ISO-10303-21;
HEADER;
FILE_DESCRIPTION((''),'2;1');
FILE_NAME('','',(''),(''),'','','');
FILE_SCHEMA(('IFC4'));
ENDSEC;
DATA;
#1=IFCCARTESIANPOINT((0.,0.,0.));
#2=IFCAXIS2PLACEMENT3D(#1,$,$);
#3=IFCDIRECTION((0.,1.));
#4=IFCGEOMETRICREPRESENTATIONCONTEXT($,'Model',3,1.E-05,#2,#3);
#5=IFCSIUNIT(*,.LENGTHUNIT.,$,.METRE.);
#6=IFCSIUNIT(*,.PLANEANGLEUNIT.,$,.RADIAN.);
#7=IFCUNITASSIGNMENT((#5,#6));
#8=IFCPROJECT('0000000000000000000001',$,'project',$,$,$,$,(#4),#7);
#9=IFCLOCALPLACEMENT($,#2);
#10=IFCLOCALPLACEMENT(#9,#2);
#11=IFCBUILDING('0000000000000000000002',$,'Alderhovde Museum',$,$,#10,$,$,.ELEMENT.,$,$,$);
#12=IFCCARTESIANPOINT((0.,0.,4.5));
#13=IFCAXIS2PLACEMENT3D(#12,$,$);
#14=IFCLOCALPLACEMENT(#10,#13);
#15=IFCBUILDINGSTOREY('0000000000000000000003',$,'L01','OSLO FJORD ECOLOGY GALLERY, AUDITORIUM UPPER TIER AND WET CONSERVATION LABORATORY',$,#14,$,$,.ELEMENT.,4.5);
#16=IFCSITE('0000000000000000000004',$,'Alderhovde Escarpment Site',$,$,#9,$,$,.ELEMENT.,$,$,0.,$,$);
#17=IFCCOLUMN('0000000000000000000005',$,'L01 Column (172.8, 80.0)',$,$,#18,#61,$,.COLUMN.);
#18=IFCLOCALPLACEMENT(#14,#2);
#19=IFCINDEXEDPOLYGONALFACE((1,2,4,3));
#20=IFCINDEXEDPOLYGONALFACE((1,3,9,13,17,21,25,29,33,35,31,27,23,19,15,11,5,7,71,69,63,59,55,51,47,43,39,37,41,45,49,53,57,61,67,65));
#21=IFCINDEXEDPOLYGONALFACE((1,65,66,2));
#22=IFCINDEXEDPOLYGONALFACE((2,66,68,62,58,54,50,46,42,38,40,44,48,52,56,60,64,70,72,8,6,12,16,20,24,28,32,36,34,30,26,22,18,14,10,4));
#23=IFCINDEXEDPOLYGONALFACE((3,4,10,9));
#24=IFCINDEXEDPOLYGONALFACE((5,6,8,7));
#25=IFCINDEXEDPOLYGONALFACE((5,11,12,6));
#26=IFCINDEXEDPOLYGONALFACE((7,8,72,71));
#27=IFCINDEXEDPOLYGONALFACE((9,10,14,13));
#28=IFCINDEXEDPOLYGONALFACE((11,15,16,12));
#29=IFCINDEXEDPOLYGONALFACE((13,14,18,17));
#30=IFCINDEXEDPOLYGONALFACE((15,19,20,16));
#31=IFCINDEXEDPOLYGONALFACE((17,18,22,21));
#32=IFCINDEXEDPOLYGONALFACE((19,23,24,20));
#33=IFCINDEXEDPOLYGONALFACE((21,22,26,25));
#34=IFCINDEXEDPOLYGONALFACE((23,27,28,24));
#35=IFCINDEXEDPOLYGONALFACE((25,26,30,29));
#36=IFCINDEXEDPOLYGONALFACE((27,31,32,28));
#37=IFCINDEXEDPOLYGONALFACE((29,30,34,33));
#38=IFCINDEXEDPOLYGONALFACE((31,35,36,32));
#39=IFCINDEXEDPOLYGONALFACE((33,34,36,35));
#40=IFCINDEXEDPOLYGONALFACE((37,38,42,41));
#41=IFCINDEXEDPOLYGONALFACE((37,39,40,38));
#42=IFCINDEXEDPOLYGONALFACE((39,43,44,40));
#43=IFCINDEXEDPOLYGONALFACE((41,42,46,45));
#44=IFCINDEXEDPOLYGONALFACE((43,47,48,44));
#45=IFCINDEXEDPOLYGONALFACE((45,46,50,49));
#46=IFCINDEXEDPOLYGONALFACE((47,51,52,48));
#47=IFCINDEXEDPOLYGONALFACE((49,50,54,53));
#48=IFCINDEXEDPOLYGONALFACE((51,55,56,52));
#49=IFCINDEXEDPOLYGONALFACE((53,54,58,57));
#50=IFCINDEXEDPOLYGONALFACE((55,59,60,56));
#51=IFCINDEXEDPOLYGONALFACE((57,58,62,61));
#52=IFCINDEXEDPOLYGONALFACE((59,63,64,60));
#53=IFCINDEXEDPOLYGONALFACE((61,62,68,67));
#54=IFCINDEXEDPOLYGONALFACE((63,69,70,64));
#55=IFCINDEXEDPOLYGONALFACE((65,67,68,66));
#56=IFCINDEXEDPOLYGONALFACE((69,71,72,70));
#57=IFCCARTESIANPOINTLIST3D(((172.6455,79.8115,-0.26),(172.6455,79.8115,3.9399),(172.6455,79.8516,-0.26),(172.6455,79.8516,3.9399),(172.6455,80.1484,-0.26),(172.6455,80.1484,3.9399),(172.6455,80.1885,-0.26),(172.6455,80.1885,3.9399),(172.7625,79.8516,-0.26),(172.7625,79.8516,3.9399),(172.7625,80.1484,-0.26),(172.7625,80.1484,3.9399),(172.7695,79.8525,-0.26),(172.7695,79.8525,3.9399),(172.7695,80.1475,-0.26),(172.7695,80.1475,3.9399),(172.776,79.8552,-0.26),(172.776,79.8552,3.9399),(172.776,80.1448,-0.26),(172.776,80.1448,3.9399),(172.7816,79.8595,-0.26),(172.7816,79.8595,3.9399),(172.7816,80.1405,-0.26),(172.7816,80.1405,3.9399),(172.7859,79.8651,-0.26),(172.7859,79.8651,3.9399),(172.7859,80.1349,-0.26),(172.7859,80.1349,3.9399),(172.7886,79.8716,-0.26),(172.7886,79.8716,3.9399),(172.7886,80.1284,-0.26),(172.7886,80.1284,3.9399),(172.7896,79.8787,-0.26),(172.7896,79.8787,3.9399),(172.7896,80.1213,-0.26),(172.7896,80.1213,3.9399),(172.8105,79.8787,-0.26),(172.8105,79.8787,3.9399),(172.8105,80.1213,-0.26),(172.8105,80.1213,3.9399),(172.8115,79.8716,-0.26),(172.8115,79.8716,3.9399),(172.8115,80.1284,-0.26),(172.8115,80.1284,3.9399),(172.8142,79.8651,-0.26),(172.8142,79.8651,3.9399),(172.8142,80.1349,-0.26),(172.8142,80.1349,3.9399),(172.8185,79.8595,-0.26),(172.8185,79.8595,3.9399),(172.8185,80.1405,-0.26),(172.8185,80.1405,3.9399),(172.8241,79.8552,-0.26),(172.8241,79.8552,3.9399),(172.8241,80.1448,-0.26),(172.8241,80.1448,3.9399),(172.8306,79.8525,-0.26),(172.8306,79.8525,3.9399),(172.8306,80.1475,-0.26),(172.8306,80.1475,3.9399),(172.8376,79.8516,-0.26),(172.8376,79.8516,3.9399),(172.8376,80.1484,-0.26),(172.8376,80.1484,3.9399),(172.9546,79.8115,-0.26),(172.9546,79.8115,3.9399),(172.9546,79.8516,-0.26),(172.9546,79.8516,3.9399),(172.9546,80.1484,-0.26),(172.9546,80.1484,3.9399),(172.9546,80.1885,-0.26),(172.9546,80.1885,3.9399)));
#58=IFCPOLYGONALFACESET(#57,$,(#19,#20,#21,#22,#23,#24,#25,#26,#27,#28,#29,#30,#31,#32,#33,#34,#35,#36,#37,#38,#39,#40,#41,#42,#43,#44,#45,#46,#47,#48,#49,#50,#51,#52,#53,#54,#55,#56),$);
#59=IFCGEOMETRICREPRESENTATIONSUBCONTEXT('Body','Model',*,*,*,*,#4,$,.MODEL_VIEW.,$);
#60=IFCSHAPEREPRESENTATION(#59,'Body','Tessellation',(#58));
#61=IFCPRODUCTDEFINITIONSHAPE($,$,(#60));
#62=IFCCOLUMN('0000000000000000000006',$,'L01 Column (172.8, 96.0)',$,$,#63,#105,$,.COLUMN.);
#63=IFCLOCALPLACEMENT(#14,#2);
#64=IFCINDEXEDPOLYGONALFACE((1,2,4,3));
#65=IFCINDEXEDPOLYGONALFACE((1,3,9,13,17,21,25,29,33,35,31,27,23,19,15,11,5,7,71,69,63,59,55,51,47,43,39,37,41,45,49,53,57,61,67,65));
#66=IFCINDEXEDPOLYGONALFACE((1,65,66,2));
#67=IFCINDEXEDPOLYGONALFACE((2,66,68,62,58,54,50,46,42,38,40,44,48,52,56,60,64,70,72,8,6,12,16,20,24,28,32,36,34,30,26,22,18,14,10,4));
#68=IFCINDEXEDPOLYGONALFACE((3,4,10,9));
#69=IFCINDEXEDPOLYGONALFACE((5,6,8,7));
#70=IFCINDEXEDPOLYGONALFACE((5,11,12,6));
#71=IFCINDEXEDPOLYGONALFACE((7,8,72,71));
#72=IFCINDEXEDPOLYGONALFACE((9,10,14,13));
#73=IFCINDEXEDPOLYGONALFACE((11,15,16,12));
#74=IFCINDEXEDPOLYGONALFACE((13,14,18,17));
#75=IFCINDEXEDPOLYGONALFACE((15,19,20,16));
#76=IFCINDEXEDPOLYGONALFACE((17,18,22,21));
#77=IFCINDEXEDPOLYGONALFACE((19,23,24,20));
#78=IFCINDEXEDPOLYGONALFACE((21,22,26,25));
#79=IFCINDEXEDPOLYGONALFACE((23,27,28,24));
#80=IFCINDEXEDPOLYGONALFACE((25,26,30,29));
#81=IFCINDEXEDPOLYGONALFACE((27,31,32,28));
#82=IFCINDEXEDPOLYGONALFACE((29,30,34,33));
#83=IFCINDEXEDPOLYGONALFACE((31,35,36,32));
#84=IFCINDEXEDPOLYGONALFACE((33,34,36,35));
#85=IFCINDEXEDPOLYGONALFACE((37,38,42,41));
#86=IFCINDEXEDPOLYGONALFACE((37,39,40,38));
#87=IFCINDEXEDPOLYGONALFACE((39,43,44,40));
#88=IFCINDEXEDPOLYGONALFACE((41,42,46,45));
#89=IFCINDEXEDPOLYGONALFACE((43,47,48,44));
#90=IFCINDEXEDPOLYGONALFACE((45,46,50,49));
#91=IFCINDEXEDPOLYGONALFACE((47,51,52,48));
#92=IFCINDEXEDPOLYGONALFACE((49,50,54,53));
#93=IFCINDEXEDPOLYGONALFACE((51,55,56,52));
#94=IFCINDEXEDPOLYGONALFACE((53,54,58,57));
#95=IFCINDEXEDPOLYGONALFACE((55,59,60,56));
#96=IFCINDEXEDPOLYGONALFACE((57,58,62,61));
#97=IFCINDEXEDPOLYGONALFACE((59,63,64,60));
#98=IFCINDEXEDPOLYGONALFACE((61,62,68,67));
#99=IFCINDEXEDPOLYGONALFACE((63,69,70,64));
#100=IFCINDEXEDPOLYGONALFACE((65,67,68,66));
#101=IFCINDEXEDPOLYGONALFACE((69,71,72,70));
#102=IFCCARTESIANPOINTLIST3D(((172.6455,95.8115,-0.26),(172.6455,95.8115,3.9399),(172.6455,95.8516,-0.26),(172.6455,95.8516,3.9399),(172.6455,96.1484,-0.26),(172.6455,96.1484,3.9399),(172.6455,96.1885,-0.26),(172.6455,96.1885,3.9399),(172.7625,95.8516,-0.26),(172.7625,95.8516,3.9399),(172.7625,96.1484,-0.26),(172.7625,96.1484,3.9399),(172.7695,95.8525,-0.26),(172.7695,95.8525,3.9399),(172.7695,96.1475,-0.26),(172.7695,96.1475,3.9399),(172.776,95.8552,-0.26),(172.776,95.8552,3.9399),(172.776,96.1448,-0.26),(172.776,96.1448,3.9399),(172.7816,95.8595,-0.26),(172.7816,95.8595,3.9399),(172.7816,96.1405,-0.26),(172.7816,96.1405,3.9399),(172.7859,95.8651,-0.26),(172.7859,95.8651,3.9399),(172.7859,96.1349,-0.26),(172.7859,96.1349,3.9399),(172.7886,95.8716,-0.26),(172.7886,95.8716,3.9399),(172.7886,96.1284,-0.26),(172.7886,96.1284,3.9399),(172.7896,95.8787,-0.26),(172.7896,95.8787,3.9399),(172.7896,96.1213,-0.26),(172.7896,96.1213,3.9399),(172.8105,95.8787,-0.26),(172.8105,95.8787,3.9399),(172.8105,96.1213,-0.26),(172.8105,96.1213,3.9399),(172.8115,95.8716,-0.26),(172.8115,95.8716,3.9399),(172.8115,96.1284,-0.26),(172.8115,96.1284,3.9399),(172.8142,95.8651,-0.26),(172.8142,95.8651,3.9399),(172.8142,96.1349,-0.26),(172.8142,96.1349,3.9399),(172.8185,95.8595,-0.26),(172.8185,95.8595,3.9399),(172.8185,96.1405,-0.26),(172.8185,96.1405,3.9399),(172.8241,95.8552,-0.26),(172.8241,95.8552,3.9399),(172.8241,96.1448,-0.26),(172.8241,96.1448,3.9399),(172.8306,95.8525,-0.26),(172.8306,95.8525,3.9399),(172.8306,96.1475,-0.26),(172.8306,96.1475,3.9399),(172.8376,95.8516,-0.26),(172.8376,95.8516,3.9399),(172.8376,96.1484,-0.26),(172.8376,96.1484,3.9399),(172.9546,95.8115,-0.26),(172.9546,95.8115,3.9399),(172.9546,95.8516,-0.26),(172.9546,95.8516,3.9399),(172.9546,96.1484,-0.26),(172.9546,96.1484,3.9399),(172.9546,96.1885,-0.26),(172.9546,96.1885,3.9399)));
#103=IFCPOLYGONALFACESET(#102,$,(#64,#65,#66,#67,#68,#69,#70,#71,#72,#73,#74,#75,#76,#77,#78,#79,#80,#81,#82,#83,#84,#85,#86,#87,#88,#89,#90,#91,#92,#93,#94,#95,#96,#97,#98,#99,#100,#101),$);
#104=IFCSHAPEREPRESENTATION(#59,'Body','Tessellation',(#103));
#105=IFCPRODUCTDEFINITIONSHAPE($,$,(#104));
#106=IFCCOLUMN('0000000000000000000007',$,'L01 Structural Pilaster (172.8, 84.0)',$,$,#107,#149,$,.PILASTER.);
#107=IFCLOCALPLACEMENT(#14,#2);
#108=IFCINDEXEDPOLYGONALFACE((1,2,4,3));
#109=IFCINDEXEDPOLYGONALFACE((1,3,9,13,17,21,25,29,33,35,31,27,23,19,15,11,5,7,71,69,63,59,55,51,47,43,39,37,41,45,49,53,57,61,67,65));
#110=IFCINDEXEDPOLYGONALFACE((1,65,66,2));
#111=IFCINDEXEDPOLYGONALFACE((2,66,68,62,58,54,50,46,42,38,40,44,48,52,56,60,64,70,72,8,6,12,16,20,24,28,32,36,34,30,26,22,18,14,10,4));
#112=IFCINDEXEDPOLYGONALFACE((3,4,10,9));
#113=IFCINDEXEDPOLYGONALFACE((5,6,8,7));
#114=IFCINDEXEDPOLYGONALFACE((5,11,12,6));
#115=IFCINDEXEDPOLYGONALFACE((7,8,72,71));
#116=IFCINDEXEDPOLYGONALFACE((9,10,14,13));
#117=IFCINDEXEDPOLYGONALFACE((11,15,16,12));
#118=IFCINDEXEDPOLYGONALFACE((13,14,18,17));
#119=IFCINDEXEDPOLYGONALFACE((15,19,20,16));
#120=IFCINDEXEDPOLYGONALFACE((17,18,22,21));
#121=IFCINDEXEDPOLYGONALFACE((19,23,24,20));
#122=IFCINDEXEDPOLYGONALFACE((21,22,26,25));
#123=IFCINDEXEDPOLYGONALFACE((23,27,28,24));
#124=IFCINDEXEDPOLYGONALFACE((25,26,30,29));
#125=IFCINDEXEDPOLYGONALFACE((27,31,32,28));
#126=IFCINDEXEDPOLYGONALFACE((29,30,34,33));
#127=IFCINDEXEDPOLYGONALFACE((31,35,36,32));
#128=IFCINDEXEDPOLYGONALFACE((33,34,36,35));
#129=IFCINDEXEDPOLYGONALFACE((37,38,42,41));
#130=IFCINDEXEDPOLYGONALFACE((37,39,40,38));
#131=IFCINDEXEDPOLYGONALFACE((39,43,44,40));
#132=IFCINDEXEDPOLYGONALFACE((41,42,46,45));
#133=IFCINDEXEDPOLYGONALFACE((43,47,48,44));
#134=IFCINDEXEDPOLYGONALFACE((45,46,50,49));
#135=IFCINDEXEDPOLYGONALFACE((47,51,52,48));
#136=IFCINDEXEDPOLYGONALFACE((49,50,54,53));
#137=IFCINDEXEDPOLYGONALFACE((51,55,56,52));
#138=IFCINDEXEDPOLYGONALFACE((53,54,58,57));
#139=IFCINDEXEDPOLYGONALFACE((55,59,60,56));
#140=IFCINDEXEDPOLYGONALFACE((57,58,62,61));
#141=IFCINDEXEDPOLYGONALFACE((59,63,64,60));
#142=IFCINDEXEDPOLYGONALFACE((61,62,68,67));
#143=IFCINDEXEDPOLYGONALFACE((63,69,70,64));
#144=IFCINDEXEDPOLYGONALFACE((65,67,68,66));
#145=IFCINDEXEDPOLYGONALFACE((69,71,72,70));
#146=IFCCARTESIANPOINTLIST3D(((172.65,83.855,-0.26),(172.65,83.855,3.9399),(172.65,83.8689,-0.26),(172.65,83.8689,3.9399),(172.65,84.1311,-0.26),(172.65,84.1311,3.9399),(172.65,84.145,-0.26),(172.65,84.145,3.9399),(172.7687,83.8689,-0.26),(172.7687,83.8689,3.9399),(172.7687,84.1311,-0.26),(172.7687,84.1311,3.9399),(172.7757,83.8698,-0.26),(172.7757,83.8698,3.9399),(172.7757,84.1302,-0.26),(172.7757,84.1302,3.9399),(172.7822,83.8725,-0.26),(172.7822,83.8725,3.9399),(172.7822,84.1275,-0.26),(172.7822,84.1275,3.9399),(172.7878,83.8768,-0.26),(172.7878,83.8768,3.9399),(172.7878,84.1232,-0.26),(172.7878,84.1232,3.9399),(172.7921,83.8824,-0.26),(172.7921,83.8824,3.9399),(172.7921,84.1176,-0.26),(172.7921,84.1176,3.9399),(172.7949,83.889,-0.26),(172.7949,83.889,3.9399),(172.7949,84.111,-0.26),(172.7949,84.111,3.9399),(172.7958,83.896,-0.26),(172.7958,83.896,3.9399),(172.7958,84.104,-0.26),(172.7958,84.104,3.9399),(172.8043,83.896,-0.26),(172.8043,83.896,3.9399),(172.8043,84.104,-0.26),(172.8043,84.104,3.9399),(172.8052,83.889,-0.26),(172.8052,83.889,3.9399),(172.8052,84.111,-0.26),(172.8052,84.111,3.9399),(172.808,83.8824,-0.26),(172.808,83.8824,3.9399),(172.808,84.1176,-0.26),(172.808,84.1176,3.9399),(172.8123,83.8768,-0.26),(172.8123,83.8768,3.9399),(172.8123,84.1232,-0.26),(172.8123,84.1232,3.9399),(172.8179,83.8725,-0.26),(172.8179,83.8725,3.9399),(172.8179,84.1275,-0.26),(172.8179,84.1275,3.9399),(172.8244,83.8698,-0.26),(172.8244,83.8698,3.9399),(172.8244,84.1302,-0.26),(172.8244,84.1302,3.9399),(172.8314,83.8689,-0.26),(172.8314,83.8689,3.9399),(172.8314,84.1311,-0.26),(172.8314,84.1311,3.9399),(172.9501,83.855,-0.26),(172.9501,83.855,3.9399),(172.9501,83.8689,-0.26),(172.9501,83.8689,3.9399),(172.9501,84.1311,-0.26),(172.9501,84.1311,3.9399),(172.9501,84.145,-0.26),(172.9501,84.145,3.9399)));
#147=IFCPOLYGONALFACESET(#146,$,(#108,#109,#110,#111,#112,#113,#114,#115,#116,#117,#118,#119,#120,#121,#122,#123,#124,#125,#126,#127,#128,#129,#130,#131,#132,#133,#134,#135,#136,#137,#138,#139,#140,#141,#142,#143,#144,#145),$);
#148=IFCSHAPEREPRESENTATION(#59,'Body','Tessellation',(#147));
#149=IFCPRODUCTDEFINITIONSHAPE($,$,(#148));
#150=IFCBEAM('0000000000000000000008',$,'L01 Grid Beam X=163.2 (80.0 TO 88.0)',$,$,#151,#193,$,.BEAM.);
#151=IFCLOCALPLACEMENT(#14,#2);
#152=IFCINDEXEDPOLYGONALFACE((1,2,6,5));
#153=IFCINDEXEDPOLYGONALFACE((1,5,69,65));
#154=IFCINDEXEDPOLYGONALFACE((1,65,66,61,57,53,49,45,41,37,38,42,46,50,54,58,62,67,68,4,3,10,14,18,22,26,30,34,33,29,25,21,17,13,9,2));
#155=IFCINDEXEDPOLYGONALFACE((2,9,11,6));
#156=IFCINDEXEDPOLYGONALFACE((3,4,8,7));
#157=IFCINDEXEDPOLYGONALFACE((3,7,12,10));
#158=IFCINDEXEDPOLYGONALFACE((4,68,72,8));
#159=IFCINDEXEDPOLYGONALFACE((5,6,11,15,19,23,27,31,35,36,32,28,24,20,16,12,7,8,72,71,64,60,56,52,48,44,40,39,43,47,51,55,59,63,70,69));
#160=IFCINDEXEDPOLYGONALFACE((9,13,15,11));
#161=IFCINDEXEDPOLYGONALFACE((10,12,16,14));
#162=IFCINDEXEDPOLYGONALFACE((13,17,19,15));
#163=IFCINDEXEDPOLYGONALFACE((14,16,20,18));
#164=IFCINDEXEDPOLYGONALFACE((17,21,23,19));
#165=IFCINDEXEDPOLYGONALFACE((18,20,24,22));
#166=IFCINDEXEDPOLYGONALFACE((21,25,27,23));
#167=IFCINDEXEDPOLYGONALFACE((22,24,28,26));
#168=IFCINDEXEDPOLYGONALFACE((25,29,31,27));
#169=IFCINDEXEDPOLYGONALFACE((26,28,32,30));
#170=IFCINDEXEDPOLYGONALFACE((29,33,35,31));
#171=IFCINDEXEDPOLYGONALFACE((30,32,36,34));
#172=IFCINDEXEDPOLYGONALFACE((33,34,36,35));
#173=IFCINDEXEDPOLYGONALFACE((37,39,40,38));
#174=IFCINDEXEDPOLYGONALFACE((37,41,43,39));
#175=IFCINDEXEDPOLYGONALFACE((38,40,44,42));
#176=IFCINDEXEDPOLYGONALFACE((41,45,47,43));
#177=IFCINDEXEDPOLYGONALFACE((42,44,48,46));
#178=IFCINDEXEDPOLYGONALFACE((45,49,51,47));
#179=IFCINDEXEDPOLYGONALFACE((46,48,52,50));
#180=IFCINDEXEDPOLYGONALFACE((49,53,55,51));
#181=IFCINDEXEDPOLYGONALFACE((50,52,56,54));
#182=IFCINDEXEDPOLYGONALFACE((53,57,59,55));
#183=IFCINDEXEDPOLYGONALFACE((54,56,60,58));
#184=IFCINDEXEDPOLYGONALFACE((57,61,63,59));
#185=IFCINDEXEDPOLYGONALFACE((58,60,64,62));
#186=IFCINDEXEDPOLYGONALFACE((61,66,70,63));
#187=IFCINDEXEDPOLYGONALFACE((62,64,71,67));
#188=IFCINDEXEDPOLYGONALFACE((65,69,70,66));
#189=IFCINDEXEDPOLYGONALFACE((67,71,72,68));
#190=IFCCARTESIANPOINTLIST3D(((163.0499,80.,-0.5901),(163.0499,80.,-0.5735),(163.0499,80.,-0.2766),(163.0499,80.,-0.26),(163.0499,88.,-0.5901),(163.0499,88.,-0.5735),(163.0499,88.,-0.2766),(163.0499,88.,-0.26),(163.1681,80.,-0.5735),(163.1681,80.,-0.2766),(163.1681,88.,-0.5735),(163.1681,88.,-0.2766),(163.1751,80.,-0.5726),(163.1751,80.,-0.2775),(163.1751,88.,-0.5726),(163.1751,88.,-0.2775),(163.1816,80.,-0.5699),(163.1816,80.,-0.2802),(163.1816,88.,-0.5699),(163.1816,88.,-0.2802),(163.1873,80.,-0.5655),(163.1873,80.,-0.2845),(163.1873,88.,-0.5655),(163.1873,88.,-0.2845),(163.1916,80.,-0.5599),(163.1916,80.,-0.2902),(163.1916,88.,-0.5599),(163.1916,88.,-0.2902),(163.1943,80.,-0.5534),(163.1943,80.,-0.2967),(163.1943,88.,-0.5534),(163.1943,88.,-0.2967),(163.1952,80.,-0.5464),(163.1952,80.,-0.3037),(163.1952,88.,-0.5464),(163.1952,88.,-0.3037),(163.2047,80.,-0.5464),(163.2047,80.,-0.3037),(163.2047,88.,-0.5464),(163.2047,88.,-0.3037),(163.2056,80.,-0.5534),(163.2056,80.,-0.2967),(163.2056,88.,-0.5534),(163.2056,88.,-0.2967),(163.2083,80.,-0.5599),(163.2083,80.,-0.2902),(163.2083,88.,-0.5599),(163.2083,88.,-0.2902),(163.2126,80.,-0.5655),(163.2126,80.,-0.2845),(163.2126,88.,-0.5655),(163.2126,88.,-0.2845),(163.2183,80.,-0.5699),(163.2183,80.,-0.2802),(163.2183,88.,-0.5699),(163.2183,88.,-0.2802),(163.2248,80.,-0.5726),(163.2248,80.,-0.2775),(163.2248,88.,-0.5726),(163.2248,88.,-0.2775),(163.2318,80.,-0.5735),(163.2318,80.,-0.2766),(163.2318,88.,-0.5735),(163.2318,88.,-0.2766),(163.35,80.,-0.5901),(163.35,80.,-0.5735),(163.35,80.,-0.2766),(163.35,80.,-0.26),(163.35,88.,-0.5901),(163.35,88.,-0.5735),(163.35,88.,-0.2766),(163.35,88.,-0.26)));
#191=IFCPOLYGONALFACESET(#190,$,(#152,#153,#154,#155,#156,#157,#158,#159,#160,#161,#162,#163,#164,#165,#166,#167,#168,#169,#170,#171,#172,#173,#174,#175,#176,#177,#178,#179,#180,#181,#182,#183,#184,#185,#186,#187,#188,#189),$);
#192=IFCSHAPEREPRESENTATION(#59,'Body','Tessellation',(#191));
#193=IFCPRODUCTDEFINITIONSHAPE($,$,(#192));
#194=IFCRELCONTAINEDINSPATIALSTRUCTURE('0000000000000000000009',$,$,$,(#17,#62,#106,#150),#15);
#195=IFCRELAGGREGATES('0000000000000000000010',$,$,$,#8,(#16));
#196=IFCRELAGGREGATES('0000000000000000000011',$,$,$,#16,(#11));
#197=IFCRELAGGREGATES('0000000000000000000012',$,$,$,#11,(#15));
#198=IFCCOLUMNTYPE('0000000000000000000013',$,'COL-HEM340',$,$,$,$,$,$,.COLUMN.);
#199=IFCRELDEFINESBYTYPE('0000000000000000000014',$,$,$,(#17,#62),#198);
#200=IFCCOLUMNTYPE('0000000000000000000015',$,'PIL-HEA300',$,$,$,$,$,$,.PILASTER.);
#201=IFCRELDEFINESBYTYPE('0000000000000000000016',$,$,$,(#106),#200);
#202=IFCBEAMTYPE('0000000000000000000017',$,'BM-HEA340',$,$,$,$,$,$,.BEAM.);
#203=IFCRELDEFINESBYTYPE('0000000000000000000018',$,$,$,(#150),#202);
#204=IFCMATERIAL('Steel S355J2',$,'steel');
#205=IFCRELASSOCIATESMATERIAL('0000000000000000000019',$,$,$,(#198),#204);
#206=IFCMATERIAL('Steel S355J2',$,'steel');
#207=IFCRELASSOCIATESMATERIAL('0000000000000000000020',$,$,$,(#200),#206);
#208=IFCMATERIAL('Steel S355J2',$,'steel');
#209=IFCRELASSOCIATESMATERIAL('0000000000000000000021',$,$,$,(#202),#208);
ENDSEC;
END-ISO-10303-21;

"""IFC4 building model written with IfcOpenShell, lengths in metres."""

from ifc_helpers import new_model, si_unit, direction, frame, origin, origin_2d, place, context, subcontext, project, spatial, i_section, extrude, material, material_profile, profile_set, type_object, element, save


model = new_model("IFC4")

# Units and contexts
model_context = context("Model", 3, precision=1e-05, world=origin(), true_north=direction((0.0, 1.0)))
body_context = subcontext(model_context, "Body", "Model", "MODEL_VIEW")
ifc_project = project(units=[si_unit("LENGTHUNIT", "METRE"), si_unit("PLANEANGLEUNIT", "RADIAN")], contexts=[model_context])

# Site, building, storey
site_placement = place(None, origin())
site = spatial("IfcSite", under=ifc_project, at=site_placement, Name="Alderhovde Escarpment Site", CompositionType="ELEMENT", RefElevation=0.0)
building_placement = place(site_placement, origin())
building = spatial("IfcBuilding", under=site, at=building_placement, Name="Alderhovde Museum", CompositionType="ELEMENT")
storey_placement = place(building_placement, frame((0.0, 0.0, 4.5)))
storey = spatial("IfcBuildingStorey", under=building, at=storey_placement, Name="L01", Description="OSLO FJORD ECOLOGY GALLERY, AUDITORIUM UPPER TIER AND WET CONSERVATION LABORATORY", CompositionType="ELEMENT", Elevation=4.5)

# Columns
ifc_material_1 = material(Name="Steel S355J2", Category="steel")
ifc_material_profile_1 = material_profile(ifc_material_1, i_section(OverallWidth=0.3091, OverallDepth=0.377, WebThickness=0.021, FlangeThickness=0.04, FilletRadius=0.0271, at=origin_2d()), Name="HEM 340")
ifc_profile_set_1 = profile_set([ifc_material_profile_1], Name="Steel S355J2")
column_type_1 = type_object("IfcColumnType", Name="COL-HEM340", PredefinedType="COLUMN", material=ifc_profile_set_1)
for number, where, z_axis, x_axis, name in (
    (1, (172.8, 80.0, -0.26), (0.0, 0.0, 1.0), (1.0, 0.0, 0.0), "L01 Column (172.8, 80.0)"),
    (2, (172.8, 96.0, -0.26), (0.0, 0.0, 1.0), (1.0, 0.0, 0.0), "L01 Column (172.8, 96.0)"),
):
    element("IfcColumn", number, at=place(storey_placement, frame(where, z_axis=z_axis, x_axis=x_axis)), inside=storey, type_object=column_type_1, Name=name, PredefinedType="COLUMN", context=body_context, shape_type="SweptSolid", body=[
        extrude(i_section(OverallWidth=0.3091, OverallDepth=0.377, WebThickness=0.021, FlangeThickness=0.04, FilletRadius=0.0271, at=origin_2d()), origin(), (0.0, 0.0, 1.0), 4.2),
    ])
ifc_material_2 = material(Name="Steel S355J2", Category="steel")
ifc_material_profile_2 = material_profile(ifc_material_2, i_section(OverallWidth=0.3, OverallDepth=0.29, WebThickness=0.0085, FlangeThickness=0.0139, FilletRadius=0.0271, at=origin_2d()), Name="HEA 300")
ifc_profile_set_2 = profile_set([ifc_material_profile_2], Name="Steel S355J2")
column_type_2 = type_object("IfcColumnType", Name="PIL-HEA300", PredefinedType="PILASTER", material=ifc_profile_set_2)
column_placement = place(storey_placement, frame((172.8, 84.0, -0.26), z_axis=(0.0, 0.0, 1.0), x_axis=(1.0, 0.0, 0.0)))
element("IfcColumn", 3, at=column_placement, inside=storey, type_object=column_type_2, Name="L01 Structural Pilaster (172.8, 84.0)", PredefinedType="PILASTER", context=body_context, shape_type="SweptSolid", body=[
    extrude(i_section(OverallWidth=0.3, OverallDepth=0.29, WebThickness=0.0085, FlangeThickness=0.0139, FilletRadius=0.0271, at=origin_2d()), origin(), (0.0, 0.0, 1.0), 4.2),
])

# Beam
ifc_material_3 = material(Name="Steel S355J2", Category="steel")
ifc_material_profile_3 = material_profile(ifc_material_3, i_section(OverallWidth=0.3, OverallDepth=0.3301, WebThickness=0.0095, FlangeThickness=0.0166, FilletRadius=0.0271, at=origin_2d()), Name="HEA 340")
ifc_profile_set_3 = profile_set([ifc_material_profile_3], Name="Steel S355J2")
beam_type_1 = type_object("IfcBeamType", Name="BM-HEA340", PredefinedType="BEAM", material=ifc_profile_set_3)
for number, where, z_axis, x_axis, name in (
    (4, (163.2, 80.0, -0.425), (0.0, 1.0, 0.0), (-1.0, 0.0, 0.0), "L01 Grid Beam X=163.2 (80.0 TO 88.0)"),
):
    element("IfcBeam", number, at=place(storey_placement, frame(where, z_axis=z_axis, x_axis=x_axis)), inside=storey, type_object=beam_type_1, Name=name, PredefinedType="BEAM", context=body_context, shape_type="SweptSolid", body=[
        extrude(i_section(OverallWidth=0.3, OverallDepth=0.3301, WebThickness=0.0095, FlangeThickness=0.0166, FilletRadius=0.0271, at=origin_2d()), origin(), (0.0, 0.0, 1.0), 8.0),
    ])

save(model, "model.ifc")
